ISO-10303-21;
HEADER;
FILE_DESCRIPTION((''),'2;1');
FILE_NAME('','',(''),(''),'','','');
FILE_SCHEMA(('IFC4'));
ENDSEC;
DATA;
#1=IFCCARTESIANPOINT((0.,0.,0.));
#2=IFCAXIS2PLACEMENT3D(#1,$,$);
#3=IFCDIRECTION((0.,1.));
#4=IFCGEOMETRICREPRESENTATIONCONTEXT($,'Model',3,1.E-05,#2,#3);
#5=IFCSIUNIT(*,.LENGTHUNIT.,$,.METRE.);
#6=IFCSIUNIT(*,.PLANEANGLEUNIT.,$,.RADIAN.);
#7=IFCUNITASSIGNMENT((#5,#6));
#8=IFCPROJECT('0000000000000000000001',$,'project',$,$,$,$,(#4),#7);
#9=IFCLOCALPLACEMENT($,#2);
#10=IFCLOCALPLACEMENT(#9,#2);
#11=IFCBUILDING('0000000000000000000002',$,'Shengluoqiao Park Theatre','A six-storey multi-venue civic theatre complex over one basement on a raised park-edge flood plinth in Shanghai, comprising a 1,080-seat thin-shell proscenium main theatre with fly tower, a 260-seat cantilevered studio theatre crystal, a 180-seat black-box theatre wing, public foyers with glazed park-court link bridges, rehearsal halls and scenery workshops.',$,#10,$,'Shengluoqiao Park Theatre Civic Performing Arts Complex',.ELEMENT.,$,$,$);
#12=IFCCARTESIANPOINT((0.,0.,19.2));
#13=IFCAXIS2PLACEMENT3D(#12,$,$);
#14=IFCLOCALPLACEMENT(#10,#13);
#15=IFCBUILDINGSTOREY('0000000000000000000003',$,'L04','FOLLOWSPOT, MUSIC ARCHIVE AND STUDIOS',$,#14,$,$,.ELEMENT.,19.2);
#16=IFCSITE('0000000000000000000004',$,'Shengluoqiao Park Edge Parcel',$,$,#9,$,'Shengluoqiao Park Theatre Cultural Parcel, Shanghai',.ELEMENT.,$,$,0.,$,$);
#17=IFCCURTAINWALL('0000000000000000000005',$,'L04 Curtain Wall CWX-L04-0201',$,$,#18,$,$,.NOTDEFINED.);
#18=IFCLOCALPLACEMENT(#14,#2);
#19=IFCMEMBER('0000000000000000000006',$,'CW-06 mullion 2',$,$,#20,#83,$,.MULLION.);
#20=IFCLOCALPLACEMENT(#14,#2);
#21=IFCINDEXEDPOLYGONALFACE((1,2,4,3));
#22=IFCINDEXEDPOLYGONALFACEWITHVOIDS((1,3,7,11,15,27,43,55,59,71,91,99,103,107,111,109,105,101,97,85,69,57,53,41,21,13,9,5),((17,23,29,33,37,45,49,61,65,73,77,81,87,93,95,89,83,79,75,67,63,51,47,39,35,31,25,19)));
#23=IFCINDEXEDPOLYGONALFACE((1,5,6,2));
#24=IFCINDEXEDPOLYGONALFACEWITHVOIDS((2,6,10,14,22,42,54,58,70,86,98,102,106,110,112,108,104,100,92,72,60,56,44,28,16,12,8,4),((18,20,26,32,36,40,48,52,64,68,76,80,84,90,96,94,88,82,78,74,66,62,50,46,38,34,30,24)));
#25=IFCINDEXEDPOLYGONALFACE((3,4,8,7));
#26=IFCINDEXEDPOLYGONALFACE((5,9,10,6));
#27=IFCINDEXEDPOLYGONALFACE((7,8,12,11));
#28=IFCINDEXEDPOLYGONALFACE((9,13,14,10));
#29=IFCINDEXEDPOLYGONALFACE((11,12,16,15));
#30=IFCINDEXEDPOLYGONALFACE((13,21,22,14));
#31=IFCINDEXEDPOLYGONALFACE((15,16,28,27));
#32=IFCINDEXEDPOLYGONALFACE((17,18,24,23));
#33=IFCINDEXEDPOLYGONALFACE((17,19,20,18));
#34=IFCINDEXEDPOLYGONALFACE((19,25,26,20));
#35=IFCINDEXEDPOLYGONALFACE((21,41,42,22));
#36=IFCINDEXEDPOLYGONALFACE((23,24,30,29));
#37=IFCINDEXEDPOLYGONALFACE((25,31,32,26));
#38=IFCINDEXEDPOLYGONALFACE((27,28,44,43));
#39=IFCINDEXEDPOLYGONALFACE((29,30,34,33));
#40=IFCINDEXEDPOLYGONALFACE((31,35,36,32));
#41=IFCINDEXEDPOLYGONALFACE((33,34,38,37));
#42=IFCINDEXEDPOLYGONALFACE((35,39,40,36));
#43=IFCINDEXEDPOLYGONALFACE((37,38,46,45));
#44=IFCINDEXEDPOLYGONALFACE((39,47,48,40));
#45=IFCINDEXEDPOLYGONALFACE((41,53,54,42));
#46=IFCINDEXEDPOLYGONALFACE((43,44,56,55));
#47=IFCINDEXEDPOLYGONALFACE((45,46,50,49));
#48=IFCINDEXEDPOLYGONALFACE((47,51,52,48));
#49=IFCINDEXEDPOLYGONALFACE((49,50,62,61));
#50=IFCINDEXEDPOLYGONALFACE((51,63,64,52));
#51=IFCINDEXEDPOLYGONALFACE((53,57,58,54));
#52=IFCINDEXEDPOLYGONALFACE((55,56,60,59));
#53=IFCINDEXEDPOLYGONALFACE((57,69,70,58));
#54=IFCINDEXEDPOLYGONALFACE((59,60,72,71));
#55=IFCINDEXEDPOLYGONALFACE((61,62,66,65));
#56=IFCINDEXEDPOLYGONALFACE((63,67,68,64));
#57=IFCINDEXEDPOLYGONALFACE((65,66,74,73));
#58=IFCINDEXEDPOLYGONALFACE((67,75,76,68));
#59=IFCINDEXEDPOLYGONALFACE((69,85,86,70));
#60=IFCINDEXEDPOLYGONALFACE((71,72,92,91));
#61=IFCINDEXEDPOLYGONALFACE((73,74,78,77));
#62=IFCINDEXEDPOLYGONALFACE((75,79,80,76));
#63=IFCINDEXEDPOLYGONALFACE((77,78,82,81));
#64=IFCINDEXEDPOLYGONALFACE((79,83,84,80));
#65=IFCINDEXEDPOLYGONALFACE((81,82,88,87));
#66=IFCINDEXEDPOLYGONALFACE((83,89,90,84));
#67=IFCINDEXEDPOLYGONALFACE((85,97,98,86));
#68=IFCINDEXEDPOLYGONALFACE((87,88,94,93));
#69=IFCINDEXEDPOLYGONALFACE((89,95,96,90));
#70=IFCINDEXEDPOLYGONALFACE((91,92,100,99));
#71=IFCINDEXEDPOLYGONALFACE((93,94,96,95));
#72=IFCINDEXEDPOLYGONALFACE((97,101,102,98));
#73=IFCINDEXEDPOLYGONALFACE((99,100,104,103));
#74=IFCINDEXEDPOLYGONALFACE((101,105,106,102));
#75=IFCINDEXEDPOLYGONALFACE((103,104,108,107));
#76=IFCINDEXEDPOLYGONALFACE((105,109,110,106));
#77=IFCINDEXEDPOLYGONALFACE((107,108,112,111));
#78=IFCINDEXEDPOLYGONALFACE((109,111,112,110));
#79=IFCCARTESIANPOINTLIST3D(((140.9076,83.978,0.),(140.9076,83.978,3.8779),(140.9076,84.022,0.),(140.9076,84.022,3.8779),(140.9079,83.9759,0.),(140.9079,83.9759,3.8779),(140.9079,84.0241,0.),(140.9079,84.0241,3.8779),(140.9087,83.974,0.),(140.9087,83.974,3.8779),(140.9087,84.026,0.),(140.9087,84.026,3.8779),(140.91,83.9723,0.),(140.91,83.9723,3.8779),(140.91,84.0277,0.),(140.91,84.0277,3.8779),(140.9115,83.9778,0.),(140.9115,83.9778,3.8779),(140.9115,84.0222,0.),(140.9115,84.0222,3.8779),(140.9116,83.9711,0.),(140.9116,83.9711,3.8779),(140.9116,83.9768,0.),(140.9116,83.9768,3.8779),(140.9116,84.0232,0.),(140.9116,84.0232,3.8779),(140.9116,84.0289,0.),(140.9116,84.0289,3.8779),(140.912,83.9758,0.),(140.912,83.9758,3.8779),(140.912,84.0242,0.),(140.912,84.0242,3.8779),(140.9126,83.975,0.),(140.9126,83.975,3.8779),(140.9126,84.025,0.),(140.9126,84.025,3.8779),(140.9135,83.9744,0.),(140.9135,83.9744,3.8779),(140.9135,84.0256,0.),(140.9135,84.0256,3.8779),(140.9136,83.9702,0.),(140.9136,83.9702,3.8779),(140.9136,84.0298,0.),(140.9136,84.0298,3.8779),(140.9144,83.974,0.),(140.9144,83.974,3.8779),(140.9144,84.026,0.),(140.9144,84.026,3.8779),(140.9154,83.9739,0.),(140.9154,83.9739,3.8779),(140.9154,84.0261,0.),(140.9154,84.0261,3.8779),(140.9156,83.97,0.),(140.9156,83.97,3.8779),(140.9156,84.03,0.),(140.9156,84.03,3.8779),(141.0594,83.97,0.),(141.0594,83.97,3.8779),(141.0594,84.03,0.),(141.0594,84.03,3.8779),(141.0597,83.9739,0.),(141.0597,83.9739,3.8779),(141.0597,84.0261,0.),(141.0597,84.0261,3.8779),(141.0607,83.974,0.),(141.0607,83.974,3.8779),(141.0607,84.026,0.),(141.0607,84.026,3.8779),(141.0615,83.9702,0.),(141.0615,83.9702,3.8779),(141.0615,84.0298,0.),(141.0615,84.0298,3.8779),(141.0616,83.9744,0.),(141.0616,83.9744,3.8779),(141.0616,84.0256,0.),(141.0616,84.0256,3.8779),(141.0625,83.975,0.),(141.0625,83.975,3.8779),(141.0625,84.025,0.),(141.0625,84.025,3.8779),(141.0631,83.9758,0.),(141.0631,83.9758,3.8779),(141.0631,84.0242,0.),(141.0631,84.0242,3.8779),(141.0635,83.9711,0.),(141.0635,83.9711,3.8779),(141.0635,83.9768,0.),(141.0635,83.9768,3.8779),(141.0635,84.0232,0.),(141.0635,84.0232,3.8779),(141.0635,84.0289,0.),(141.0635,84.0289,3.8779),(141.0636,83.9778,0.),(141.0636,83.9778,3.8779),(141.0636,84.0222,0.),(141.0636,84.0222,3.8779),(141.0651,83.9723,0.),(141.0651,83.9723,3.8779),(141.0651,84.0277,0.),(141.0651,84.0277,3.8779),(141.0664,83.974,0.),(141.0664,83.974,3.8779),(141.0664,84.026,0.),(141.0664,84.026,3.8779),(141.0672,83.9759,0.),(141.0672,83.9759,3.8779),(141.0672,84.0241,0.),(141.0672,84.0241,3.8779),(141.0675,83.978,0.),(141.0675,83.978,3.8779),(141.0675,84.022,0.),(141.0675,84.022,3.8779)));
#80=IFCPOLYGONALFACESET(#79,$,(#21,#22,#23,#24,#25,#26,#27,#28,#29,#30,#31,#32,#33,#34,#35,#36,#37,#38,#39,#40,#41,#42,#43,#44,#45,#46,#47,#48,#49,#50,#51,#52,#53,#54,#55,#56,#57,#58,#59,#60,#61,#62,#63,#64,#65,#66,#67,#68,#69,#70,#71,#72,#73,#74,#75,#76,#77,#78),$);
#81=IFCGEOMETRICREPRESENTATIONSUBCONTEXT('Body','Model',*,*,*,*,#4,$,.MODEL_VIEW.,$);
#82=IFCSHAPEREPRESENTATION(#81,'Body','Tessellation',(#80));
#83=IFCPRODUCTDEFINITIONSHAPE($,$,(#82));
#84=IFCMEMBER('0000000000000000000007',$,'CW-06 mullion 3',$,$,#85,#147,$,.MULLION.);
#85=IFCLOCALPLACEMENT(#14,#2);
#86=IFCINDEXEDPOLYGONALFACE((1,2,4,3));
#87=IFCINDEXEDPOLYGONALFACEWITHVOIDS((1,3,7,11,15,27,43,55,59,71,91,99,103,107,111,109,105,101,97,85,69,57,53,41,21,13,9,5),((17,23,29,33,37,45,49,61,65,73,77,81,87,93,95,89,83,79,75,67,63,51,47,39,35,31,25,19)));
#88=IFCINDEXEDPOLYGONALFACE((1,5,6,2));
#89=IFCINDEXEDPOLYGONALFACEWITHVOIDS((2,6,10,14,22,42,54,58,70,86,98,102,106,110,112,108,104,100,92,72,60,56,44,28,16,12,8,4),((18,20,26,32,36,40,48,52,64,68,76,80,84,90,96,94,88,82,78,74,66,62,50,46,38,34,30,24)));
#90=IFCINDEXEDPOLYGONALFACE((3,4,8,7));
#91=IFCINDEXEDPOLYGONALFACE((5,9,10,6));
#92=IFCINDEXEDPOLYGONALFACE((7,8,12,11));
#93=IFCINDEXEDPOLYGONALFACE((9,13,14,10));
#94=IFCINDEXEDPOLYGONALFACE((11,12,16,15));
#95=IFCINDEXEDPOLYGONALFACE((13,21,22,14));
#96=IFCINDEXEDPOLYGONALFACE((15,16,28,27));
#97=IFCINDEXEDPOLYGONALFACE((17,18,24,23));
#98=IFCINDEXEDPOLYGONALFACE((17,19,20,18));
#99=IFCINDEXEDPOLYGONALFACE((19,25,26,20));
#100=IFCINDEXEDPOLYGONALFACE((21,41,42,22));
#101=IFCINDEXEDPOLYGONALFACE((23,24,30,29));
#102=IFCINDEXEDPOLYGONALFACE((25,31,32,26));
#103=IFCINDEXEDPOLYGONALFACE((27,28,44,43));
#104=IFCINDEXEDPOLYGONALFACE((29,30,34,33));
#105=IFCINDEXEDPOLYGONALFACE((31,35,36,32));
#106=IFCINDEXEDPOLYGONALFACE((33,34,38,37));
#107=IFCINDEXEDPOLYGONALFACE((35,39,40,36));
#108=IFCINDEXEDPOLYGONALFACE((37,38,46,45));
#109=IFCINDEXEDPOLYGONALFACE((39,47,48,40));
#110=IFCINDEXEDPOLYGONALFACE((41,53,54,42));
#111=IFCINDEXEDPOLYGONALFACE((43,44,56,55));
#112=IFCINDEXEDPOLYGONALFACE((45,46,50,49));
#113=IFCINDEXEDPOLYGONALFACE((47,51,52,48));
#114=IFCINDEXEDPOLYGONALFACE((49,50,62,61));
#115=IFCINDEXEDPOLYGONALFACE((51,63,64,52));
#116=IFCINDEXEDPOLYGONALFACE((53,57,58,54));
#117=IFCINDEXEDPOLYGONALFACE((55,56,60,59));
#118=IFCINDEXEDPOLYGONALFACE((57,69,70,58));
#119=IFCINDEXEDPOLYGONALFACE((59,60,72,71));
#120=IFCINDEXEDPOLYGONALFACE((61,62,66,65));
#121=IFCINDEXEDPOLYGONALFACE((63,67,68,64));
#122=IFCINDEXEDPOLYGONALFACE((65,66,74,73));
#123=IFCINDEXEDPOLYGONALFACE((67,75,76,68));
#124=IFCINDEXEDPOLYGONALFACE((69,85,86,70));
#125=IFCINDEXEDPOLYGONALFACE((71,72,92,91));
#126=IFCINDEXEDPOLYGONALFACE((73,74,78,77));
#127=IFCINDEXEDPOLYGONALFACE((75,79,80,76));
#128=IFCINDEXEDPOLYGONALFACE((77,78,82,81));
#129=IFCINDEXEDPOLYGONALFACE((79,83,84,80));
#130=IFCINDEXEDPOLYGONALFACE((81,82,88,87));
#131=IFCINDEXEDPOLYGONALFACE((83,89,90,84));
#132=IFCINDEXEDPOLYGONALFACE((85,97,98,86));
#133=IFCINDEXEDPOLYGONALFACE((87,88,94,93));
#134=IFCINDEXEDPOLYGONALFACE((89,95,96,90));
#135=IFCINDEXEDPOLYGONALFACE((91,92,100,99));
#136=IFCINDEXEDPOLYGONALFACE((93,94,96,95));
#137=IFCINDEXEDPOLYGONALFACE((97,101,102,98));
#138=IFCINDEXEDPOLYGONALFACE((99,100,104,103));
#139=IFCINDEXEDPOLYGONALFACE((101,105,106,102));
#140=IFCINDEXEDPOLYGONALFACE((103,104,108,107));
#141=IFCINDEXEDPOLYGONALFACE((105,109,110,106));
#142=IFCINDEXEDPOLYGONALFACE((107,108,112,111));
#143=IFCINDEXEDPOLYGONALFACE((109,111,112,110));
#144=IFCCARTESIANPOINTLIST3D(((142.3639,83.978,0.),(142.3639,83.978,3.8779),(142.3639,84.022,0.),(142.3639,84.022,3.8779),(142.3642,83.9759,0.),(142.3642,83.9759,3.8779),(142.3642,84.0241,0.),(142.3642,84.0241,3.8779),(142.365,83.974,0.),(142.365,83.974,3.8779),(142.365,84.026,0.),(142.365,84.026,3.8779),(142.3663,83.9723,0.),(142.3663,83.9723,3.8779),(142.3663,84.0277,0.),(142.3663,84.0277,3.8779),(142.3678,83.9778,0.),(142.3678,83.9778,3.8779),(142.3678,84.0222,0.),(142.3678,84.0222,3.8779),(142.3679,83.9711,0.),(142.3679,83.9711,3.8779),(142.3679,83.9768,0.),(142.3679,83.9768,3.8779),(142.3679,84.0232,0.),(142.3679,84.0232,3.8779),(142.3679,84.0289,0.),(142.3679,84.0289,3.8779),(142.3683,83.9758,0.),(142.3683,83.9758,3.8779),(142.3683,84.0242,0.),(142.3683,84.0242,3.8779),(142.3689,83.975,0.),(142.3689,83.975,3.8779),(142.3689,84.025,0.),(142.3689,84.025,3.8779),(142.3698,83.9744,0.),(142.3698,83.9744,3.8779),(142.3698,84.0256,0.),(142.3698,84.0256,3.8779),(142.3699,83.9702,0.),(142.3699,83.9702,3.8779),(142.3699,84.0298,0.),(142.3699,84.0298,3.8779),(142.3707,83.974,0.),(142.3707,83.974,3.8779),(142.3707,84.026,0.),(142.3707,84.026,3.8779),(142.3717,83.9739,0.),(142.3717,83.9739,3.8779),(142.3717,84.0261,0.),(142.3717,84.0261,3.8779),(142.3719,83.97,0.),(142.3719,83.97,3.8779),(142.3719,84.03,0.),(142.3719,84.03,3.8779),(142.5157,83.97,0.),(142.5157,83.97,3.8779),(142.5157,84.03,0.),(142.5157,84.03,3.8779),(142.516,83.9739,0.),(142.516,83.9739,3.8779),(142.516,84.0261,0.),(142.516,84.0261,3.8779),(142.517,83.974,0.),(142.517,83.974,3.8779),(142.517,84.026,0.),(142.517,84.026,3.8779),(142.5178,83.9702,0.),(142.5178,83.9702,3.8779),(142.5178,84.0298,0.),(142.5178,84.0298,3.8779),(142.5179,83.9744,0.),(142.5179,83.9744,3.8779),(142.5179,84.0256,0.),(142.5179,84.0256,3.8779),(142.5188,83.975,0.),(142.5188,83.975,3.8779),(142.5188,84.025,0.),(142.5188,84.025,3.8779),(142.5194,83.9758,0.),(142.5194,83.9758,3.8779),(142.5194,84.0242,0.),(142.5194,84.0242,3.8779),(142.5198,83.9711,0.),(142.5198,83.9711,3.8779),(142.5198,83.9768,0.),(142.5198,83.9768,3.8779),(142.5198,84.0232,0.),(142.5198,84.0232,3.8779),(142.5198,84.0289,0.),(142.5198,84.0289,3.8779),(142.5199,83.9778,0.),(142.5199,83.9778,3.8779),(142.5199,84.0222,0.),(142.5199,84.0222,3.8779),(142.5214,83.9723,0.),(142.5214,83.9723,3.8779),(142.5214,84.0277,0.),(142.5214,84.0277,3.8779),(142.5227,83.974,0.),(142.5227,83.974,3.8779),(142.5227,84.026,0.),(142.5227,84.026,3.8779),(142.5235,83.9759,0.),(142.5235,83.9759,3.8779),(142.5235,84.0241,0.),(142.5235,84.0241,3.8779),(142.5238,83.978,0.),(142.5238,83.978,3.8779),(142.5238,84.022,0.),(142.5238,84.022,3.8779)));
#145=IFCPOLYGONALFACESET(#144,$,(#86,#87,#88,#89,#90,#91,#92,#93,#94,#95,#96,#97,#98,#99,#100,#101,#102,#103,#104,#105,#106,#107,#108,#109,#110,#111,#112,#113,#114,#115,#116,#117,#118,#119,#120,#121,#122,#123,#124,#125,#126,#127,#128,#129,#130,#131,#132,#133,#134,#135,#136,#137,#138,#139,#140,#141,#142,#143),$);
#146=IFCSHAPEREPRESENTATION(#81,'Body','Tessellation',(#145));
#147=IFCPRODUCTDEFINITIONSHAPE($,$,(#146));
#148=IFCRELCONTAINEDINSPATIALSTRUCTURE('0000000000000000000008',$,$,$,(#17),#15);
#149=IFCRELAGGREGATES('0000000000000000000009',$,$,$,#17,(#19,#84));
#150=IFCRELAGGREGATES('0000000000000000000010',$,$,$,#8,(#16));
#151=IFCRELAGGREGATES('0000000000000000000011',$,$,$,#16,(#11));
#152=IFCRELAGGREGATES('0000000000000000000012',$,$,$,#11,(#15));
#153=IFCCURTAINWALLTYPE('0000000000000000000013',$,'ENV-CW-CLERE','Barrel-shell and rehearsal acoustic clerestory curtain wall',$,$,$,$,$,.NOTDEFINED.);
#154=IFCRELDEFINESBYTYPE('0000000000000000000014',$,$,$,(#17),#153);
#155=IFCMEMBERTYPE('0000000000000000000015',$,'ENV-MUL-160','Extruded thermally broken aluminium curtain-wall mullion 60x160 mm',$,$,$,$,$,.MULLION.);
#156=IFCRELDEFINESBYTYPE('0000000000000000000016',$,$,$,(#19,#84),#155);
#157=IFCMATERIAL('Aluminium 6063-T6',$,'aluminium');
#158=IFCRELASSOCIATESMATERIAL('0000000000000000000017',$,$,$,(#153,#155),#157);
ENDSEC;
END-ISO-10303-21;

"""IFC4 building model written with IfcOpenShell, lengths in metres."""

from ifc_helpers import new_model, si_unit, direction, frame, origin, origin_2d, place, context, subcontext, project, spatial, hollow_rectangle, extrude, material, material_profile, profile_set, type_object, element, aggregate, save


model = new_model("IFC4")

# Units and contexts
model_context = context("Model", 3, precision=1e-05, world=origin(), true_north=direction((0.0, 1.0)))
body_context = subcontext(model_context, "Body", "Model", "MODEL_VIEW")
ifc_project = project(units=[si_unit("LENGTHUNIT", "METRE"), si_unit("PLANEANGLEUNIT", "RADIAN")], contexts=[model_context])

# Site, building, storey
site_placement = place(None, origin())
site = spatial("IfcSite", under=ifc_project, at=site_placement, Name="Shengluoqiao Park Edge Parcel", LongName="Shengluoqiao Park Theatre Cultural Parcel, Shanghai", CompositionType="ELEMENT", RefElevation=0.0)
building_placement = place(site_placement, origin())
building = spatial("IfcBuilding", under=site, at=building_placement, Name="Shengluoqiao Park Theatre", Description="A six-storey multi-venue civic theatre complex over one basement on a raised park-edge flood plinth in Shanghai, comprising a 1,080-seat thin-shell proscenium main theatre with fly tower, a 260-seat cantilevered studio theatre crystal, a 180-seat black-box theatre wing, public foyers with glazed park-court link bridges, rehearsal halls and scenery workshops.", LongName="Shengluoqiao Park Theatre Civic Performing Arts Complex", CompositionType="ELEMENT")
storey_placement = place(building_placement, frame((0.0, 0.0, 19.2)))
storey = spatial("IfcBuildingStorey", under=building, at=storey_placement, Name="L04", Description="FOLLOWSPOT, MUSIC ARCHIVE AND STUDIOS", CompositionType="ELEMENT", Elevation=19.2)

# Curtain wall, members
ifc_material_1 = material(Name="Aluminium 6063-T6", Category="aluminium")
curtain_wall_type = type_object("IfcCurtainWallType", Name="ENV-CW-CLERE", Description="Barrel-shell and rehearsal acoustic clerestory curtain wall", PredefinedType="NOTDEFINED", material=ifc_material_1)
curtain_wall_placement = place(storey_placement, origin())
curtain_wall = element("IfcCurtainWall", 1, at=curtain_wall_placement, inside=storey, type_object=curtain_wall_type, Name="L04 Curtain Wall CWX-L04-0201", PredefinedType="NOTDEFINED")
ifc_material_profile_1 = material_profile(ifc_material_1, hollow_rectangle(XDim=0.0601, YDim=0.1599, WallThickness=0.0039, InnerFilletRadius=0.0039, OuterFilletRadius=0.0081, at=origin_2d()), Name="ALU MULLION 160x60x4")
ifc_profile_set_1 = profile_set([ifc_material_profile_1], Name="Aluminium 6063-T6")
member_type_1 = type_object("IfcMemberType", Name="ENV-MUL-160", Description="Extruded thermally broken aluminium curtain-wall mullion 60x160 mm", PredefinedType="MULLION", material=ifc_profile_set_1)
member_1_placement = place(storey_placement, frame((140.9875, 84.0, 0.0), z_axis=(0.0, 0.0, 1.0), x_axis=(0.0, 1.0, 0.0)))
member_1 = element("IfcMember", 2, at=member_1_placement, type_object=member_type_1, Name="CW-06 mullion 2", PredefinedType="MULLION", context=body_context, shape_type="SweptSolid", body=[
    extrude(hollow_rectangle(XDim=0.0601, YDim=0.1599, WallThickness=0.0039, InnerFilletRadius=0.0039, OuterFilletRadius=0.0081, at=origin_2d()), origin(), (0.0, 0.0, 1.0), 3.8779),
])
member_2_placement = place(storey_placement, frame((142.4438, 84.0, 0.0), z_axis=(0.0, 0.0, 1.0), x_axis=(0.0, 1.0, 0.0)))
member_2 = element("IfcMember", 3, at=member_2_placement, type_object=member_type_1, Name="CW-06 mullion 3", PredefinedType="MULLION", context=body_context, shape_type="SweptSolid", body=[
    extrude(hollow_rectangle(XDim=0.0601, YDim=0.1599, WallThickness=0.0039, InnerFilletRadius=0.0039, OuterFilletRadius=0.0081, at=origin_2d()), origin(), (0.0, 0.0, 1.0), 3.8779),
])

aggregate(curtain_wall, [member_1, member_2])

save(model, "model.ifc")
